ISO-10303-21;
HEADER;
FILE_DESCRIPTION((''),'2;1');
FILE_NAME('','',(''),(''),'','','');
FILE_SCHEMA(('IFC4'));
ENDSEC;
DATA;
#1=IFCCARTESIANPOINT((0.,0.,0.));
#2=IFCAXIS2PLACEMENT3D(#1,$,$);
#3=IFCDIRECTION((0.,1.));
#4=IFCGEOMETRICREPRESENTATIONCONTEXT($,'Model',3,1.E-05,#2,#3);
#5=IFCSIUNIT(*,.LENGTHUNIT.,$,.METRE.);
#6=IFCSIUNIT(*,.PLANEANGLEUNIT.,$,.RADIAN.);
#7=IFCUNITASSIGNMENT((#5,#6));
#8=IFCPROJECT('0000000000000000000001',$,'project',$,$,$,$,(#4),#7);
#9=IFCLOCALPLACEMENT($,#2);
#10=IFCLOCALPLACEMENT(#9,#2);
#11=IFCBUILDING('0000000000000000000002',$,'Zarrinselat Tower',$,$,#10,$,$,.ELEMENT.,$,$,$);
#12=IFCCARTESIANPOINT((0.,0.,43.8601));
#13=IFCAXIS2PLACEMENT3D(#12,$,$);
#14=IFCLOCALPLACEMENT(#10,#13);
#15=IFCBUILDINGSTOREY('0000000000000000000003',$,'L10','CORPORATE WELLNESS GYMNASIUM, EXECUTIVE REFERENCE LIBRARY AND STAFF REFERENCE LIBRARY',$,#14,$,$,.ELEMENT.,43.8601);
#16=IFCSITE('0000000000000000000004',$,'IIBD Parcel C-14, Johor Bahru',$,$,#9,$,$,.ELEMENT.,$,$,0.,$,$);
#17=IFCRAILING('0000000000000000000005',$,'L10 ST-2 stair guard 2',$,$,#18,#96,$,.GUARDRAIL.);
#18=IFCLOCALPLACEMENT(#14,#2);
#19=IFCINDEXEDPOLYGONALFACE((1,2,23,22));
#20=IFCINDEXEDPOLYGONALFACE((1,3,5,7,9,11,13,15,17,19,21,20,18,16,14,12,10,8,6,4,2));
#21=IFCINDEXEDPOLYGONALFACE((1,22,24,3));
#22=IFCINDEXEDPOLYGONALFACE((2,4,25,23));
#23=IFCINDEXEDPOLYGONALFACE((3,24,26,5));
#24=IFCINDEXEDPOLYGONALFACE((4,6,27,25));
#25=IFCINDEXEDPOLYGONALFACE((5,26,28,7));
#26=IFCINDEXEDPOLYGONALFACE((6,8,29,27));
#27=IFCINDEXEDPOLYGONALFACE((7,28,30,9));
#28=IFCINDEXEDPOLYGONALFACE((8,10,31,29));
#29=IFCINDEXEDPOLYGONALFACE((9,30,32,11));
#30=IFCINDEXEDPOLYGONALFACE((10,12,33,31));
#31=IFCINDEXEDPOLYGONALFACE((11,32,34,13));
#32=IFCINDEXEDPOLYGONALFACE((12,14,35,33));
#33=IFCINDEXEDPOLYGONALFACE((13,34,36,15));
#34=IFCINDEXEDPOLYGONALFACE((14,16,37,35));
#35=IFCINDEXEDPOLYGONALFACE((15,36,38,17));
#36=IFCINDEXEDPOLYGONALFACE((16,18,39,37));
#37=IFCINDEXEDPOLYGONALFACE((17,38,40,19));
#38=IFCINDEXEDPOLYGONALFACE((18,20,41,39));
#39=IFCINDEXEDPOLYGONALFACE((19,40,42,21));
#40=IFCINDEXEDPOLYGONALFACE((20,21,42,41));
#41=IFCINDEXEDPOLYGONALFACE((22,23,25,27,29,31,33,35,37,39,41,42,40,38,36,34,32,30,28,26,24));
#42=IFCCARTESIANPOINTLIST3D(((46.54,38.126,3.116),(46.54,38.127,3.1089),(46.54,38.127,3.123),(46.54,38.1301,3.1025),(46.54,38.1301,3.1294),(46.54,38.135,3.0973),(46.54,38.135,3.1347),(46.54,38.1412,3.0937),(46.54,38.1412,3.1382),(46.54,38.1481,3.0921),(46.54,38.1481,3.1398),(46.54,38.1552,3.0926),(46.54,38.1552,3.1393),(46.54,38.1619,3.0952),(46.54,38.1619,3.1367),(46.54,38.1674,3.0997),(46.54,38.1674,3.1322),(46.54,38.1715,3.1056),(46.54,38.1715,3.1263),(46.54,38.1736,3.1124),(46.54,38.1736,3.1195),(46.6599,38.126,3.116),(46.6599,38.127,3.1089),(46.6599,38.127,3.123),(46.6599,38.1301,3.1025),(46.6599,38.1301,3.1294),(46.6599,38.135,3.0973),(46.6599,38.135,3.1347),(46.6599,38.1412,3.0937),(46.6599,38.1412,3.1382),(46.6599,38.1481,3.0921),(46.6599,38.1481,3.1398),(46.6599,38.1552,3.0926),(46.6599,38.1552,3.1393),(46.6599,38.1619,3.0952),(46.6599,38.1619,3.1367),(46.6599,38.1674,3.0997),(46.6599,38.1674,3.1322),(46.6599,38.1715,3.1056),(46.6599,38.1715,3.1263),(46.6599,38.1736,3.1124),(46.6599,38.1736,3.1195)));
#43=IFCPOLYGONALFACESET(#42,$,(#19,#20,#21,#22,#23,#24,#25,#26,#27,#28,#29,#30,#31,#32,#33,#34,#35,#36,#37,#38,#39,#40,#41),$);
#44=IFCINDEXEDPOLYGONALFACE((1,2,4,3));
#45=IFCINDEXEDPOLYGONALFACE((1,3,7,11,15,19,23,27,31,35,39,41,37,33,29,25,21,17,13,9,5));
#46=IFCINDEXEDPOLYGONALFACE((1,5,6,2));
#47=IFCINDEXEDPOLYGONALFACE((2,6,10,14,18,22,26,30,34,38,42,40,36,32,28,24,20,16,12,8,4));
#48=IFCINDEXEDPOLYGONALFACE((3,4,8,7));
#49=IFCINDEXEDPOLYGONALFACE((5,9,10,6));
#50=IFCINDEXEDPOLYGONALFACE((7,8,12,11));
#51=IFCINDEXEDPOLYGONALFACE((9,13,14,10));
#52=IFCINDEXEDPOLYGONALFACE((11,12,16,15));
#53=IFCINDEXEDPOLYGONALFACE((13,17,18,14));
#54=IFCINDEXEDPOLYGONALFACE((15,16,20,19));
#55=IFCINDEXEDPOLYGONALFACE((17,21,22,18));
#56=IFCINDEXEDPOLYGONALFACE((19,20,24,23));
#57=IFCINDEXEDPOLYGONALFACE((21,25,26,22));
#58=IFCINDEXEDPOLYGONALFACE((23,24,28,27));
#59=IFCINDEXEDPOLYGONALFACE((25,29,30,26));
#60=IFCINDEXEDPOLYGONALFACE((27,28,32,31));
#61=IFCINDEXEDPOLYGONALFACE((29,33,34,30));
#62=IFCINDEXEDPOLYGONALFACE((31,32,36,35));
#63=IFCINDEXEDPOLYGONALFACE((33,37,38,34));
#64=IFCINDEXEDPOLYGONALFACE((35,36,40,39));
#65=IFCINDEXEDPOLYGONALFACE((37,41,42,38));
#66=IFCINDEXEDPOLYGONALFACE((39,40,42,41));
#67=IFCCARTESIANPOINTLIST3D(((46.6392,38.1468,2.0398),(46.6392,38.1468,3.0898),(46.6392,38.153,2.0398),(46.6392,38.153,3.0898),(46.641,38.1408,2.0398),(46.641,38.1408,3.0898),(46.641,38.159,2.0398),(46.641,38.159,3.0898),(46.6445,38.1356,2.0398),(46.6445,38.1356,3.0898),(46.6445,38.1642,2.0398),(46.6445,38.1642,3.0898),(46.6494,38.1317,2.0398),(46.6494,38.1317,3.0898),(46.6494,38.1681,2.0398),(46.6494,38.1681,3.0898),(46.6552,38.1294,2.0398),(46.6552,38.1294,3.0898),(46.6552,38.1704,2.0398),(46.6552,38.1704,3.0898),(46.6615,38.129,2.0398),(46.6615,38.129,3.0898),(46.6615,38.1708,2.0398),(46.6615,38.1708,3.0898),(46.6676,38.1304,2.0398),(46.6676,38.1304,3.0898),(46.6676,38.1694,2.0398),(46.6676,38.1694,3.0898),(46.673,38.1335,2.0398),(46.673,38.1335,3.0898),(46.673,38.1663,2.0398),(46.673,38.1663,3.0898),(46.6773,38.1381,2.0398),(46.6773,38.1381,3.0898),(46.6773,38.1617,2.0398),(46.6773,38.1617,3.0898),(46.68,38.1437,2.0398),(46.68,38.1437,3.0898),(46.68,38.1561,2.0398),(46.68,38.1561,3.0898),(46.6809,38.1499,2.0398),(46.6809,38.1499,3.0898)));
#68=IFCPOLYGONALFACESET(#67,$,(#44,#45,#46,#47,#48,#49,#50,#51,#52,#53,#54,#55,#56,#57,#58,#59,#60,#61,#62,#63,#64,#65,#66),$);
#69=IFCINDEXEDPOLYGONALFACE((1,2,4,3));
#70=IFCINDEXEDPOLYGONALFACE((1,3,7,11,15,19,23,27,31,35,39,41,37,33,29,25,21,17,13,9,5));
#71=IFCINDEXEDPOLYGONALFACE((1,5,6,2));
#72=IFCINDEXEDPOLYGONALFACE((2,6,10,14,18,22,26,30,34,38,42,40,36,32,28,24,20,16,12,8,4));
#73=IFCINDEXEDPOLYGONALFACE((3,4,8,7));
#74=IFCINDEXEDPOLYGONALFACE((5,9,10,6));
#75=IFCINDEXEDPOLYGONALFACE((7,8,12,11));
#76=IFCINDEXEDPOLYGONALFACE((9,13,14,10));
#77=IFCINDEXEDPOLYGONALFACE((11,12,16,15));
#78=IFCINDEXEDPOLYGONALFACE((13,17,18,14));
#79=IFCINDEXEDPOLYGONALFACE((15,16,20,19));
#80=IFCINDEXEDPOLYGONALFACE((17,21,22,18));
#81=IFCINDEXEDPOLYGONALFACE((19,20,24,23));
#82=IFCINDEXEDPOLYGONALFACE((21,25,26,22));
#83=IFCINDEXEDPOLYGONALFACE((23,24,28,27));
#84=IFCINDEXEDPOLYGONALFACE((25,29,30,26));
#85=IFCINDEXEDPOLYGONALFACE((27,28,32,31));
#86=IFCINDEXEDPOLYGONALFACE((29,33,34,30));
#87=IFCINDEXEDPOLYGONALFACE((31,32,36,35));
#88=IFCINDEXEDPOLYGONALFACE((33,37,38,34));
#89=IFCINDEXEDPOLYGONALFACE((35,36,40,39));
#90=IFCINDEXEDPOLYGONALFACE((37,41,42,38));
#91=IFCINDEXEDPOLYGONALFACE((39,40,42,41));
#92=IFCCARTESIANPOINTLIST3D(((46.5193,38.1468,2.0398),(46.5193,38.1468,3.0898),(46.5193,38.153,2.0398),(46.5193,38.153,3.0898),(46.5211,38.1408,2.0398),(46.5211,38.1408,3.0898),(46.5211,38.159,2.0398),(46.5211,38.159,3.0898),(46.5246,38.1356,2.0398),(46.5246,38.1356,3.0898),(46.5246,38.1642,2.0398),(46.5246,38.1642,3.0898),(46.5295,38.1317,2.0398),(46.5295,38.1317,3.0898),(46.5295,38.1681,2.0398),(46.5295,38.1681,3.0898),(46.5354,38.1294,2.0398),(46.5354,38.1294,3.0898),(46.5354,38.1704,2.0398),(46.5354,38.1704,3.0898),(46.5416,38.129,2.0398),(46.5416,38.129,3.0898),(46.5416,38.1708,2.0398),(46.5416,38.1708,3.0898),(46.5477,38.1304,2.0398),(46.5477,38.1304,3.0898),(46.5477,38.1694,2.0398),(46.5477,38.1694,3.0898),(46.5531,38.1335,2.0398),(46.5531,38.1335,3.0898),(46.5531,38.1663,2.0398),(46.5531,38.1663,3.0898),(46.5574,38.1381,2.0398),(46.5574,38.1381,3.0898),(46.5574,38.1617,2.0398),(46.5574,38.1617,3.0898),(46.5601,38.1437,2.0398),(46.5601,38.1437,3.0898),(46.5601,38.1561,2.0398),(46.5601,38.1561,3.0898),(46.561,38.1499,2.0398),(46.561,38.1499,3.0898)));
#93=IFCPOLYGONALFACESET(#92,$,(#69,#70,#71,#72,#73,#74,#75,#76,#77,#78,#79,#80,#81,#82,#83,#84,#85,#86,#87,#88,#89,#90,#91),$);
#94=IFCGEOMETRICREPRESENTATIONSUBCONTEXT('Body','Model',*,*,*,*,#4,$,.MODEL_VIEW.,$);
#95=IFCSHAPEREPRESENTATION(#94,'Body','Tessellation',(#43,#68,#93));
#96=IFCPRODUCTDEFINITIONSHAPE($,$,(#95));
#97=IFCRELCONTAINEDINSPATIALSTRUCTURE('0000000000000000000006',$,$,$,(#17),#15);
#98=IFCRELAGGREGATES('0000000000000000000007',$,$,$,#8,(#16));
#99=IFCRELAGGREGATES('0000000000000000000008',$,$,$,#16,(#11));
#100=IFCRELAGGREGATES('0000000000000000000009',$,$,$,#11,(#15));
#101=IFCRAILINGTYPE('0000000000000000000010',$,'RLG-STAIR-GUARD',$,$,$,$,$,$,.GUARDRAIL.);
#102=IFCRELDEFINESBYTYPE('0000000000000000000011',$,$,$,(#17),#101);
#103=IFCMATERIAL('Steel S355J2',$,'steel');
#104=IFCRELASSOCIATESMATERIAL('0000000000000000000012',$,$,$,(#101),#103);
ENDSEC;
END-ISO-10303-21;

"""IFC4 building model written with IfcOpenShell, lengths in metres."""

from ifc_helpers import new_model, si_unit, direction, frame, origin, origin_2d, place, context, subcontext, project, spatial, circle, extrude, material, type_object, element, save


model = new_model("IFC4")

# Units and contexts
model_context = context("Model", 3, precision=1e-05, world=origin(), true_north=direction((0.0, 1.0)))
body_context = subcontext(model_context, "Body", "Model", "MODEL_VIEW")
ifc_project = project(units=[si_unit("LENGTHUNIT", "METRE"), si_unit("PLANEANGLEUNIT", "RADIAN")], contexts=[model_context])

# Site, building, storey
site_placement = place(None, origin())
site = spatial("IfcSite", under=ifc_project, at=site_placement, Name="IIBD Parcel C-14, Johor Bahru", CompositionType="ELEMENT", RefElevation=0.0)
building_placement = place(site_placement, origin())
building = spatial("IfcBuilding", under=site, at=building_placement, Name="Zarrinselat Tower", CompositionType="ELEMENT")
storey_placement = place(building_placement, frame((0.0, 0.0, 43.8601)))
storey = spatial("IfcBuildingStorey", under=building, at=storey_placement, Name="L10", Description="CORPORATE WELLNESS GYMNASIUM, EXECUTIVE REFERENCE LIBRARY AND STAFF REFERENCE LIBRARY", CompositionType="ELEMENT", Elevation=43.8601)

# Railing
ifc_material_1 = material(Name="Steel S355J2", Category="steel")
railing_type_1 = type_object("IfcRailingType", Name="RLG-STAIR-GUARD", PredefinedType="GUARDRAIL", material=ifc_material_1)
railing_1_placement = place(storey_placement, frame((46.6599, 38.1499, 2.0398)))
element("IfcRailing", 1, at=railing_1_placement, inside=storey, type_object=railing_type_1, Name="L10 ST-2 stair guard 2", PredefinedType="GUARDRAIL", context=body_context, shape_type="SweptSolid", body=[
    extrude(circle(Radius=0.0239, at=origin_2d()), frame((0.0, 0.0, 1.0762), z_axis=(-1.0, 0.0, 0.0), x_axis=(0.0, -1.0, 0.0)), (0.0, 0.0, 1.0), 0.1199),
    extrude(circle(Radius=0.021, at=origin_2d()), origin(), (0.0, 0.0, 1.0), 1.05),
    extrude(circle(Radius=0.021, at=origin_2d()), frame((-0.1199, 0.0, 0.0)), (0.0, 0.0, 1.0), 1.05),
])

save(model, "model.ifc")
